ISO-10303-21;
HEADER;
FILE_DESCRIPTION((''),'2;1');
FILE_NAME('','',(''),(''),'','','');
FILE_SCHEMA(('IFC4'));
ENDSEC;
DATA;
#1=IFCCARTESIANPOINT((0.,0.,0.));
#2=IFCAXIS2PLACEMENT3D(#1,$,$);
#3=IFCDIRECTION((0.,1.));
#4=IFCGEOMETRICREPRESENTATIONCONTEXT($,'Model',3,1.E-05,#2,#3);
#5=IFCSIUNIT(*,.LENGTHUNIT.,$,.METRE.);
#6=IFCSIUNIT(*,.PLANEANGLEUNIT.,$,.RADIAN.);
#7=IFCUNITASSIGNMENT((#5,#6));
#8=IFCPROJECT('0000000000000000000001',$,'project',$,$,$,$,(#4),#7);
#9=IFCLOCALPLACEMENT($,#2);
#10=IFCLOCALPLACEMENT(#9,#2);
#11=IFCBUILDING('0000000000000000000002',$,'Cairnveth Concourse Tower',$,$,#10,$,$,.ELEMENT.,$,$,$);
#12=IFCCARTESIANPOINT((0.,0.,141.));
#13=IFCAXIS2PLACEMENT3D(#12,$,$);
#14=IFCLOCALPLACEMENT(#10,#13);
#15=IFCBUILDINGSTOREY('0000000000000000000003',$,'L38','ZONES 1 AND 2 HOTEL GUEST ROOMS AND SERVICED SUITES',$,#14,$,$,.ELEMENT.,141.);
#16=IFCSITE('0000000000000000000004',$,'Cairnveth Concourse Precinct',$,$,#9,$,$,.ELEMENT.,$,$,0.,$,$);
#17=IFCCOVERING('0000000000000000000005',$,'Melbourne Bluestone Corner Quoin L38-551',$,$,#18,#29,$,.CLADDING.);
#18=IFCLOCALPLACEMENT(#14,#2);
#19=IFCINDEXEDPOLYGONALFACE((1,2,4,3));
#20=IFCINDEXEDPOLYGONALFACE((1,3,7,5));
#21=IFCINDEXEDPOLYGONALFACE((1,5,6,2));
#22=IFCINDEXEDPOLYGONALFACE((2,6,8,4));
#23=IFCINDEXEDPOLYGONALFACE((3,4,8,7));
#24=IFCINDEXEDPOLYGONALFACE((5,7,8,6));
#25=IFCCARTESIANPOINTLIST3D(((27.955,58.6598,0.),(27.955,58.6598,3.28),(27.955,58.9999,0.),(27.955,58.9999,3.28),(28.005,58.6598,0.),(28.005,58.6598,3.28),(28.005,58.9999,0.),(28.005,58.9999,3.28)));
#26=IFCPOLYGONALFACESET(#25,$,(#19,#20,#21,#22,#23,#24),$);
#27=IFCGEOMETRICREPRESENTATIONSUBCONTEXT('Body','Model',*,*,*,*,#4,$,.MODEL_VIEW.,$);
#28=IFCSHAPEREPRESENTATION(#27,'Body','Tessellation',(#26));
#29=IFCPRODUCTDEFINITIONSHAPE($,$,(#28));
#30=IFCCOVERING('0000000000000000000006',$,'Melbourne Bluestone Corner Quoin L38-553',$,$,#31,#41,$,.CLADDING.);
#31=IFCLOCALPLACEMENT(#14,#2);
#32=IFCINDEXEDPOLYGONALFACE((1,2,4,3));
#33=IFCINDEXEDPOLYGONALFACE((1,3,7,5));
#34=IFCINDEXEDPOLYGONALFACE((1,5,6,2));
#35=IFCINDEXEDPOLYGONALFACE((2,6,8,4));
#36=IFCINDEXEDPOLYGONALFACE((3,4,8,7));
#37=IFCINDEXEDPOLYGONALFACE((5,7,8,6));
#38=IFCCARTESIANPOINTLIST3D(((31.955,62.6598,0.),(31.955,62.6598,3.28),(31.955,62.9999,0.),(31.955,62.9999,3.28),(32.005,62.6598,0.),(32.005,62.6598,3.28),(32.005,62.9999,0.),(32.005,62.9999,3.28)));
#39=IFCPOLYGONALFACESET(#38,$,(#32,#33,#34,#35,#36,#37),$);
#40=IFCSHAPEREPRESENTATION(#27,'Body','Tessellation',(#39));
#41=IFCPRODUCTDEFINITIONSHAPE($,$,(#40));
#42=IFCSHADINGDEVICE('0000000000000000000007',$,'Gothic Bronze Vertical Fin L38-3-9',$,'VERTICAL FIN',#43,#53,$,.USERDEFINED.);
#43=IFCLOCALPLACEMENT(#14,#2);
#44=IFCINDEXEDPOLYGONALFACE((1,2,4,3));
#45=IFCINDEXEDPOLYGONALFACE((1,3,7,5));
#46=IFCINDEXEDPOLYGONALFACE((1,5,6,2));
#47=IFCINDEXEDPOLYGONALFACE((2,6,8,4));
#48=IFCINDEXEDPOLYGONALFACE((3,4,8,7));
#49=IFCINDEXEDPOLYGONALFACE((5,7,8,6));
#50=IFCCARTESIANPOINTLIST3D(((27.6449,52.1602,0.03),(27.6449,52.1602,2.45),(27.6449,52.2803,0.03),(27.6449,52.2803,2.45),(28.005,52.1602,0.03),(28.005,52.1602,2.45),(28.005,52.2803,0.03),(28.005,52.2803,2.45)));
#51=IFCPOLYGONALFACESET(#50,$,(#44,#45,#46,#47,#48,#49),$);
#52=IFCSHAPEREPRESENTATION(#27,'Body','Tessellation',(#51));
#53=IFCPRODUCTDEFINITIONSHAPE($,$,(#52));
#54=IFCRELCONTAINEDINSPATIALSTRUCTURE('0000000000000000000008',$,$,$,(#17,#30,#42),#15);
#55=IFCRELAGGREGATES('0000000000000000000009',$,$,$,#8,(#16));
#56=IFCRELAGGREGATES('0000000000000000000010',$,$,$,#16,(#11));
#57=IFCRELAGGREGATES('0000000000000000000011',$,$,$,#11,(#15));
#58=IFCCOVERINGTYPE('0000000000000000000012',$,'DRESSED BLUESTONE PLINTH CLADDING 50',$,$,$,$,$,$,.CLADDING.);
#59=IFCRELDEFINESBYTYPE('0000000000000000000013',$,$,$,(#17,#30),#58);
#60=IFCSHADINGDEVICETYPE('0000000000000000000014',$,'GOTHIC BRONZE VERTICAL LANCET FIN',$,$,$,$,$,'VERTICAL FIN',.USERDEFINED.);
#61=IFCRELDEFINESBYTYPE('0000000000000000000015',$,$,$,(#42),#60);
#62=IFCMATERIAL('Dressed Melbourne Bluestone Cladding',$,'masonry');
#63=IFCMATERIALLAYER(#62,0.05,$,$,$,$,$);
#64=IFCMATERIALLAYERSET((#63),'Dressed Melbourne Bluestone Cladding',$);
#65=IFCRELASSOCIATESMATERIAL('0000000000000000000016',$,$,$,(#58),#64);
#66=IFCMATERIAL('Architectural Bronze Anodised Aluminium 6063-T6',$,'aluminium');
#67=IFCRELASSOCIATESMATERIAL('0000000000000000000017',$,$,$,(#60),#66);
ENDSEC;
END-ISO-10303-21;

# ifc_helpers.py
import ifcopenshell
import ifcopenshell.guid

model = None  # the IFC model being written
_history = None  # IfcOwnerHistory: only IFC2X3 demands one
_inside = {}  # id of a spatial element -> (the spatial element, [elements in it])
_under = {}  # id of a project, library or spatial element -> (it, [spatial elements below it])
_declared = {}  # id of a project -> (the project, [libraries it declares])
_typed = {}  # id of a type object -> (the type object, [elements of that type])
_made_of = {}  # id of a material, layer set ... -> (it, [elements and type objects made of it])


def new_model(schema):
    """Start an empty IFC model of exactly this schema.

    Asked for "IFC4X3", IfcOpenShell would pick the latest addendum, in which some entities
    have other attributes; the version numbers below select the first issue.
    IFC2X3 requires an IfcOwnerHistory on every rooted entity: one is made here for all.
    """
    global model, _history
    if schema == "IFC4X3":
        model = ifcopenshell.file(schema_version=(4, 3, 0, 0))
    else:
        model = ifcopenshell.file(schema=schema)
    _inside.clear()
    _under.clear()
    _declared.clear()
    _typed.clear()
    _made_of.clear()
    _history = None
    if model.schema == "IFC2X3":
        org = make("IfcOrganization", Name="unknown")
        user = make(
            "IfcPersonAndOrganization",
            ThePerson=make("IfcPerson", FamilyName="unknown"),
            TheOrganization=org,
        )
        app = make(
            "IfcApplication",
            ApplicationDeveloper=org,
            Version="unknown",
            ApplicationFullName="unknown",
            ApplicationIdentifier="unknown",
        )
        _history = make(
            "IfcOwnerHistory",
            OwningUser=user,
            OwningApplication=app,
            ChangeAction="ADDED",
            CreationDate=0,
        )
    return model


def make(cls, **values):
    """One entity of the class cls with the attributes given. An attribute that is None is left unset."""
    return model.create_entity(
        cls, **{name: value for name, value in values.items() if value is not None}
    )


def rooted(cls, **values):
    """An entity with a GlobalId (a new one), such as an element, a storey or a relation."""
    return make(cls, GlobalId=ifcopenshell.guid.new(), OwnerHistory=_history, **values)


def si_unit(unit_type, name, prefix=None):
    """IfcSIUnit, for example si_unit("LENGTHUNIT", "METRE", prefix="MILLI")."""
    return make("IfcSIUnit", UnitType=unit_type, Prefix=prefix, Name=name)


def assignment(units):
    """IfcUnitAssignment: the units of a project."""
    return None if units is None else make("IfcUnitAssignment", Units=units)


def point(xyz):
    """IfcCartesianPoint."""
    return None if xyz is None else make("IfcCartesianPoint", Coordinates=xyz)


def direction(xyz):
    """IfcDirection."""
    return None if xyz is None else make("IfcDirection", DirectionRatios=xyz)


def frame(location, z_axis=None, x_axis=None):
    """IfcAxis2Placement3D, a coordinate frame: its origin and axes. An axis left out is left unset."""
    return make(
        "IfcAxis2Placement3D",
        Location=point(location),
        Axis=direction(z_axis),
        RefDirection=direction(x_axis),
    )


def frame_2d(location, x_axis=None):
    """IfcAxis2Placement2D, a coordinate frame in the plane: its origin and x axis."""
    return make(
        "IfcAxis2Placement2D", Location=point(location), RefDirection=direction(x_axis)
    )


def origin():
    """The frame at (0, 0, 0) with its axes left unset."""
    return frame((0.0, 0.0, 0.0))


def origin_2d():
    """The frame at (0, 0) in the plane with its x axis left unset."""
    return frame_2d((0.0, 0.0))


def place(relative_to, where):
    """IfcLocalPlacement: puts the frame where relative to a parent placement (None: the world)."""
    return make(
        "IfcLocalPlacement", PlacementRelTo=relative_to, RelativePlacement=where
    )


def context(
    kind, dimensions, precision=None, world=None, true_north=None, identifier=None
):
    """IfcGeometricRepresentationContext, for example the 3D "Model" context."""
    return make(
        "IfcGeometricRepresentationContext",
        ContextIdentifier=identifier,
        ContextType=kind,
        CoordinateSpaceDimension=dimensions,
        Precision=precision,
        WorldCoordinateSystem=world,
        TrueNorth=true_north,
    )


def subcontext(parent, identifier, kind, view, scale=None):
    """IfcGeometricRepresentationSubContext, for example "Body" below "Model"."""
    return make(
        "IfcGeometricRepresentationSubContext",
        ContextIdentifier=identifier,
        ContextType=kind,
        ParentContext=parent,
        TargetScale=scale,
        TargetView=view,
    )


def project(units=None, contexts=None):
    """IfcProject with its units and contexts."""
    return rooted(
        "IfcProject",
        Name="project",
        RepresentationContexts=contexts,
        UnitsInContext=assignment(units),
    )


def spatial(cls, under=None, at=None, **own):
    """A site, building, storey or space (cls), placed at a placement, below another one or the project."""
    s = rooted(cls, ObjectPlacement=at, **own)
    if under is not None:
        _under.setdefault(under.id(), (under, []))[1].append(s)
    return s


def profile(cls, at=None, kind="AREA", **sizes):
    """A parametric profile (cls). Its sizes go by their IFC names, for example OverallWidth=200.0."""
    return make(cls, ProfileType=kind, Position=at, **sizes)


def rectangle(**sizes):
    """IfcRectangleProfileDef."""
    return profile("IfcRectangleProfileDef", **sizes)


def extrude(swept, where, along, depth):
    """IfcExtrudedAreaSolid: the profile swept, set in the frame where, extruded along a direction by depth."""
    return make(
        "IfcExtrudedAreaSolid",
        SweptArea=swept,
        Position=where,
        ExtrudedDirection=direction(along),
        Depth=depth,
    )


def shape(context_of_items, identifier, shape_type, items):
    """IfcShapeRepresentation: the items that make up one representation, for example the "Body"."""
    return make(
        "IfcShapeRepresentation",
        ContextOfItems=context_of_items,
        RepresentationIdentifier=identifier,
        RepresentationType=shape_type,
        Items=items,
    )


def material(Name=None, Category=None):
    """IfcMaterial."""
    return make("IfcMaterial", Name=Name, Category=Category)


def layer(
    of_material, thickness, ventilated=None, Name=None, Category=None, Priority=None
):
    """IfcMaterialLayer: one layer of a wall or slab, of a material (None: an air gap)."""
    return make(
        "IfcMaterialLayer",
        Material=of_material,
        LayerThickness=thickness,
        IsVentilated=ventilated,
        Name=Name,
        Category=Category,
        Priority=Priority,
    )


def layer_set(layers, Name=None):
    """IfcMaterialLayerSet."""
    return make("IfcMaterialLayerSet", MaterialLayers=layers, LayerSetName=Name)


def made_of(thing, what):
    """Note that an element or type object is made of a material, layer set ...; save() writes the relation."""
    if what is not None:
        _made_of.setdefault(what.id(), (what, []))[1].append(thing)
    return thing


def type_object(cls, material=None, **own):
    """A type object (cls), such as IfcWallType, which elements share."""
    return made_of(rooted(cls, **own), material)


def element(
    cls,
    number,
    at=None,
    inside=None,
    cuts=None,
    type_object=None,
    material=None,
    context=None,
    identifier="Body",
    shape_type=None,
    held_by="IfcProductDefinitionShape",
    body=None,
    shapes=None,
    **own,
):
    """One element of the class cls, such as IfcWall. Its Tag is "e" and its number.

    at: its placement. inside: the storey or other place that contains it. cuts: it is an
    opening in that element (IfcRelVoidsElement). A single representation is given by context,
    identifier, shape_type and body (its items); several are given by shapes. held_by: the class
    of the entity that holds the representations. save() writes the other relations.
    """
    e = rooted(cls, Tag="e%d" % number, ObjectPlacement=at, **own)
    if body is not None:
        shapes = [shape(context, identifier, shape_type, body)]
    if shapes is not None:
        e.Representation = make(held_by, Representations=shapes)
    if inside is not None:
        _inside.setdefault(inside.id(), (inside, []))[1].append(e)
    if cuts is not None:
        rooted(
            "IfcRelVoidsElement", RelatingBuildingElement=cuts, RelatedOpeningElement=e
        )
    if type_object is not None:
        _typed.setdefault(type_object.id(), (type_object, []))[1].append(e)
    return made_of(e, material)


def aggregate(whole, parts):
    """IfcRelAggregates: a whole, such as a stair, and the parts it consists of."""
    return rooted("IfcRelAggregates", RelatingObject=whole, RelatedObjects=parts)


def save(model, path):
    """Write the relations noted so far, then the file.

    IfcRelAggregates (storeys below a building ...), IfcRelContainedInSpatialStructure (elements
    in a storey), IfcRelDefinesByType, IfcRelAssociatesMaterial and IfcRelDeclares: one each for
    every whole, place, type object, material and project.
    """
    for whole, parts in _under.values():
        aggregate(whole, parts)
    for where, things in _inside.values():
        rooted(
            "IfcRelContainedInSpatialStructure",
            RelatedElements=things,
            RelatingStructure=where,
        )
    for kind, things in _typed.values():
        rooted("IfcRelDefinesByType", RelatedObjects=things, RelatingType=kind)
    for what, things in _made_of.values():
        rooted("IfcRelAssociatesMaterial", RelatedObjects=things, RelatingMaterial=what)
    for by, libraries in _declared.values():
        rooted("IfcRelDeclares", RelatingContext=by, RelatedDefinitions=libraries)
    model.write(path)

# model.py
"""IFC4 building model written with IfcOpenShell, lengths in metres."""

from ifc_helpers import new_model, si_unit, direction, frame, frame_2d, origin, origin_2d, place, context, subcontext, project, spatial, rectangle, extrude, material, layer, layer_set, type_object, element, save


model = new_model("IFC4")

# Units and contexts
model_context = context("Model", 3, precision=1e-05, world=origin(), true_north=direction((0.0, 1.0)))
body_context = subcontext(model_context, "Body", "Model", "MODEL_VIEW")
ifc_project = project(units=[si_unit("LENGTHUNIT", "METRE"), si_unit("PLANEANGLEUNIT", "RADIAN")], contexts=[model_context])

# Site, building, storey
site_placement = place(None, origin())
site = spatial("IfcSite", under=ifc_project, at=site_placement, Name="Cairnveth Concourse Precinct", CompositionType="ELEMENT", RefElevation=0.0)
building_placement = place(site_placement, origin())
building = spatial("IfcBuilding", under=site, at=building_placement, Name="Cairnveth Concourse Tower", CompositionType="ELEMENT")
storey_placement = place(building_placement, frame((0.0, 0.0, 141.0)))
storey = spatial("IfcBuildingStorey", under=building, at=storey_placement, Name="L38", Description="ZONES 1 AND 2 HOTEL GUEST ROOMS AND SERVICED SUITES", CompositionType="ELEMENT", Elevation=141.0)

# Coverings
ifc_material_1 = material(Name="Dressed Melbourne Bluestone Cladding", Category="masonry")
ifc_layer_1 = layer(ifc_material_1, 0.05)
ifc_layer_set_1 = layer_set([ifc_layer_1], Name="Dressed Melbourne Bluestone Cladding")
covering_type = type_object("IfcCoveringType", Name="DRESSED BLUESTONE PLINTH CLADDING 50", PredefinedType="CLADDING", material=ifc_layer_set_1)
for number, where, z_axis, x_axis, name in (
    (1, (27.98, 58.6599, 0.0), (0.0, 0.0, 1.0), (0.0, 1.0, 0.0), "Melbourne Bluestone Corner Quoin L38-551"),
    (2, (31.98, 62.6599, 0.0), (0.0, 0.0, 1.0), (0.0, 1.0, 0.0), "Melbourne Bluestone Corner Quoin L38-553"),
):
    element("IfcCovering", number, at=place(storey_placement, frame(where, z_axis=z_axis, x_axis=x_axis)), inside=storey, type_object=covering_type, Name=name, PredefinedType="CLADDING", context=body_context, shape_type="SweptSolid", body=[
        extrude(rectangle(XDim=0.3401, YDim=0.05, at=frame_2d((0.1699, 0.0))), origin(), (0.0, 0.0, 1.0), 3.28),
    ])

# Shading device
ifc_material_2 = material(Name="Architectural Bronze Anodised Aluminium 6063-T6", Category="aluminium")
shading_device_type = type_object("IfcShadingDeviceType", Name="GOTHIC BRONZE VERTICAL LANCET FIN", ElementType="VERTICAL FIN", PredefinedType="USERDEFINED", material=ifc_material_2)
shading_device_placement = place(storey_placement, frame((27.825, 52.2202, 0.03), z_axis=(0.0, 0.0, 1.0), x_axis=(0.0, 1.0, 0.0)))
element("IfcShadingDevice", 3, at=shading_device_placement, inside=storey, type_object=shading_device_type, Name="Gothic Bronze Vertical Fin L38-3-9", ObjectType="VERTICAL FIN", PredefinedType="USERDEFINED", context=body_context, shape_type="SweptSolid", body=[
    extrude(rectangle(XDim=0.1201, YDim=0.3601, at=origin_2d()), origin(), (0.0, 0.0, 1.0), 2.4199),
])

save(model, "model.ifc")
